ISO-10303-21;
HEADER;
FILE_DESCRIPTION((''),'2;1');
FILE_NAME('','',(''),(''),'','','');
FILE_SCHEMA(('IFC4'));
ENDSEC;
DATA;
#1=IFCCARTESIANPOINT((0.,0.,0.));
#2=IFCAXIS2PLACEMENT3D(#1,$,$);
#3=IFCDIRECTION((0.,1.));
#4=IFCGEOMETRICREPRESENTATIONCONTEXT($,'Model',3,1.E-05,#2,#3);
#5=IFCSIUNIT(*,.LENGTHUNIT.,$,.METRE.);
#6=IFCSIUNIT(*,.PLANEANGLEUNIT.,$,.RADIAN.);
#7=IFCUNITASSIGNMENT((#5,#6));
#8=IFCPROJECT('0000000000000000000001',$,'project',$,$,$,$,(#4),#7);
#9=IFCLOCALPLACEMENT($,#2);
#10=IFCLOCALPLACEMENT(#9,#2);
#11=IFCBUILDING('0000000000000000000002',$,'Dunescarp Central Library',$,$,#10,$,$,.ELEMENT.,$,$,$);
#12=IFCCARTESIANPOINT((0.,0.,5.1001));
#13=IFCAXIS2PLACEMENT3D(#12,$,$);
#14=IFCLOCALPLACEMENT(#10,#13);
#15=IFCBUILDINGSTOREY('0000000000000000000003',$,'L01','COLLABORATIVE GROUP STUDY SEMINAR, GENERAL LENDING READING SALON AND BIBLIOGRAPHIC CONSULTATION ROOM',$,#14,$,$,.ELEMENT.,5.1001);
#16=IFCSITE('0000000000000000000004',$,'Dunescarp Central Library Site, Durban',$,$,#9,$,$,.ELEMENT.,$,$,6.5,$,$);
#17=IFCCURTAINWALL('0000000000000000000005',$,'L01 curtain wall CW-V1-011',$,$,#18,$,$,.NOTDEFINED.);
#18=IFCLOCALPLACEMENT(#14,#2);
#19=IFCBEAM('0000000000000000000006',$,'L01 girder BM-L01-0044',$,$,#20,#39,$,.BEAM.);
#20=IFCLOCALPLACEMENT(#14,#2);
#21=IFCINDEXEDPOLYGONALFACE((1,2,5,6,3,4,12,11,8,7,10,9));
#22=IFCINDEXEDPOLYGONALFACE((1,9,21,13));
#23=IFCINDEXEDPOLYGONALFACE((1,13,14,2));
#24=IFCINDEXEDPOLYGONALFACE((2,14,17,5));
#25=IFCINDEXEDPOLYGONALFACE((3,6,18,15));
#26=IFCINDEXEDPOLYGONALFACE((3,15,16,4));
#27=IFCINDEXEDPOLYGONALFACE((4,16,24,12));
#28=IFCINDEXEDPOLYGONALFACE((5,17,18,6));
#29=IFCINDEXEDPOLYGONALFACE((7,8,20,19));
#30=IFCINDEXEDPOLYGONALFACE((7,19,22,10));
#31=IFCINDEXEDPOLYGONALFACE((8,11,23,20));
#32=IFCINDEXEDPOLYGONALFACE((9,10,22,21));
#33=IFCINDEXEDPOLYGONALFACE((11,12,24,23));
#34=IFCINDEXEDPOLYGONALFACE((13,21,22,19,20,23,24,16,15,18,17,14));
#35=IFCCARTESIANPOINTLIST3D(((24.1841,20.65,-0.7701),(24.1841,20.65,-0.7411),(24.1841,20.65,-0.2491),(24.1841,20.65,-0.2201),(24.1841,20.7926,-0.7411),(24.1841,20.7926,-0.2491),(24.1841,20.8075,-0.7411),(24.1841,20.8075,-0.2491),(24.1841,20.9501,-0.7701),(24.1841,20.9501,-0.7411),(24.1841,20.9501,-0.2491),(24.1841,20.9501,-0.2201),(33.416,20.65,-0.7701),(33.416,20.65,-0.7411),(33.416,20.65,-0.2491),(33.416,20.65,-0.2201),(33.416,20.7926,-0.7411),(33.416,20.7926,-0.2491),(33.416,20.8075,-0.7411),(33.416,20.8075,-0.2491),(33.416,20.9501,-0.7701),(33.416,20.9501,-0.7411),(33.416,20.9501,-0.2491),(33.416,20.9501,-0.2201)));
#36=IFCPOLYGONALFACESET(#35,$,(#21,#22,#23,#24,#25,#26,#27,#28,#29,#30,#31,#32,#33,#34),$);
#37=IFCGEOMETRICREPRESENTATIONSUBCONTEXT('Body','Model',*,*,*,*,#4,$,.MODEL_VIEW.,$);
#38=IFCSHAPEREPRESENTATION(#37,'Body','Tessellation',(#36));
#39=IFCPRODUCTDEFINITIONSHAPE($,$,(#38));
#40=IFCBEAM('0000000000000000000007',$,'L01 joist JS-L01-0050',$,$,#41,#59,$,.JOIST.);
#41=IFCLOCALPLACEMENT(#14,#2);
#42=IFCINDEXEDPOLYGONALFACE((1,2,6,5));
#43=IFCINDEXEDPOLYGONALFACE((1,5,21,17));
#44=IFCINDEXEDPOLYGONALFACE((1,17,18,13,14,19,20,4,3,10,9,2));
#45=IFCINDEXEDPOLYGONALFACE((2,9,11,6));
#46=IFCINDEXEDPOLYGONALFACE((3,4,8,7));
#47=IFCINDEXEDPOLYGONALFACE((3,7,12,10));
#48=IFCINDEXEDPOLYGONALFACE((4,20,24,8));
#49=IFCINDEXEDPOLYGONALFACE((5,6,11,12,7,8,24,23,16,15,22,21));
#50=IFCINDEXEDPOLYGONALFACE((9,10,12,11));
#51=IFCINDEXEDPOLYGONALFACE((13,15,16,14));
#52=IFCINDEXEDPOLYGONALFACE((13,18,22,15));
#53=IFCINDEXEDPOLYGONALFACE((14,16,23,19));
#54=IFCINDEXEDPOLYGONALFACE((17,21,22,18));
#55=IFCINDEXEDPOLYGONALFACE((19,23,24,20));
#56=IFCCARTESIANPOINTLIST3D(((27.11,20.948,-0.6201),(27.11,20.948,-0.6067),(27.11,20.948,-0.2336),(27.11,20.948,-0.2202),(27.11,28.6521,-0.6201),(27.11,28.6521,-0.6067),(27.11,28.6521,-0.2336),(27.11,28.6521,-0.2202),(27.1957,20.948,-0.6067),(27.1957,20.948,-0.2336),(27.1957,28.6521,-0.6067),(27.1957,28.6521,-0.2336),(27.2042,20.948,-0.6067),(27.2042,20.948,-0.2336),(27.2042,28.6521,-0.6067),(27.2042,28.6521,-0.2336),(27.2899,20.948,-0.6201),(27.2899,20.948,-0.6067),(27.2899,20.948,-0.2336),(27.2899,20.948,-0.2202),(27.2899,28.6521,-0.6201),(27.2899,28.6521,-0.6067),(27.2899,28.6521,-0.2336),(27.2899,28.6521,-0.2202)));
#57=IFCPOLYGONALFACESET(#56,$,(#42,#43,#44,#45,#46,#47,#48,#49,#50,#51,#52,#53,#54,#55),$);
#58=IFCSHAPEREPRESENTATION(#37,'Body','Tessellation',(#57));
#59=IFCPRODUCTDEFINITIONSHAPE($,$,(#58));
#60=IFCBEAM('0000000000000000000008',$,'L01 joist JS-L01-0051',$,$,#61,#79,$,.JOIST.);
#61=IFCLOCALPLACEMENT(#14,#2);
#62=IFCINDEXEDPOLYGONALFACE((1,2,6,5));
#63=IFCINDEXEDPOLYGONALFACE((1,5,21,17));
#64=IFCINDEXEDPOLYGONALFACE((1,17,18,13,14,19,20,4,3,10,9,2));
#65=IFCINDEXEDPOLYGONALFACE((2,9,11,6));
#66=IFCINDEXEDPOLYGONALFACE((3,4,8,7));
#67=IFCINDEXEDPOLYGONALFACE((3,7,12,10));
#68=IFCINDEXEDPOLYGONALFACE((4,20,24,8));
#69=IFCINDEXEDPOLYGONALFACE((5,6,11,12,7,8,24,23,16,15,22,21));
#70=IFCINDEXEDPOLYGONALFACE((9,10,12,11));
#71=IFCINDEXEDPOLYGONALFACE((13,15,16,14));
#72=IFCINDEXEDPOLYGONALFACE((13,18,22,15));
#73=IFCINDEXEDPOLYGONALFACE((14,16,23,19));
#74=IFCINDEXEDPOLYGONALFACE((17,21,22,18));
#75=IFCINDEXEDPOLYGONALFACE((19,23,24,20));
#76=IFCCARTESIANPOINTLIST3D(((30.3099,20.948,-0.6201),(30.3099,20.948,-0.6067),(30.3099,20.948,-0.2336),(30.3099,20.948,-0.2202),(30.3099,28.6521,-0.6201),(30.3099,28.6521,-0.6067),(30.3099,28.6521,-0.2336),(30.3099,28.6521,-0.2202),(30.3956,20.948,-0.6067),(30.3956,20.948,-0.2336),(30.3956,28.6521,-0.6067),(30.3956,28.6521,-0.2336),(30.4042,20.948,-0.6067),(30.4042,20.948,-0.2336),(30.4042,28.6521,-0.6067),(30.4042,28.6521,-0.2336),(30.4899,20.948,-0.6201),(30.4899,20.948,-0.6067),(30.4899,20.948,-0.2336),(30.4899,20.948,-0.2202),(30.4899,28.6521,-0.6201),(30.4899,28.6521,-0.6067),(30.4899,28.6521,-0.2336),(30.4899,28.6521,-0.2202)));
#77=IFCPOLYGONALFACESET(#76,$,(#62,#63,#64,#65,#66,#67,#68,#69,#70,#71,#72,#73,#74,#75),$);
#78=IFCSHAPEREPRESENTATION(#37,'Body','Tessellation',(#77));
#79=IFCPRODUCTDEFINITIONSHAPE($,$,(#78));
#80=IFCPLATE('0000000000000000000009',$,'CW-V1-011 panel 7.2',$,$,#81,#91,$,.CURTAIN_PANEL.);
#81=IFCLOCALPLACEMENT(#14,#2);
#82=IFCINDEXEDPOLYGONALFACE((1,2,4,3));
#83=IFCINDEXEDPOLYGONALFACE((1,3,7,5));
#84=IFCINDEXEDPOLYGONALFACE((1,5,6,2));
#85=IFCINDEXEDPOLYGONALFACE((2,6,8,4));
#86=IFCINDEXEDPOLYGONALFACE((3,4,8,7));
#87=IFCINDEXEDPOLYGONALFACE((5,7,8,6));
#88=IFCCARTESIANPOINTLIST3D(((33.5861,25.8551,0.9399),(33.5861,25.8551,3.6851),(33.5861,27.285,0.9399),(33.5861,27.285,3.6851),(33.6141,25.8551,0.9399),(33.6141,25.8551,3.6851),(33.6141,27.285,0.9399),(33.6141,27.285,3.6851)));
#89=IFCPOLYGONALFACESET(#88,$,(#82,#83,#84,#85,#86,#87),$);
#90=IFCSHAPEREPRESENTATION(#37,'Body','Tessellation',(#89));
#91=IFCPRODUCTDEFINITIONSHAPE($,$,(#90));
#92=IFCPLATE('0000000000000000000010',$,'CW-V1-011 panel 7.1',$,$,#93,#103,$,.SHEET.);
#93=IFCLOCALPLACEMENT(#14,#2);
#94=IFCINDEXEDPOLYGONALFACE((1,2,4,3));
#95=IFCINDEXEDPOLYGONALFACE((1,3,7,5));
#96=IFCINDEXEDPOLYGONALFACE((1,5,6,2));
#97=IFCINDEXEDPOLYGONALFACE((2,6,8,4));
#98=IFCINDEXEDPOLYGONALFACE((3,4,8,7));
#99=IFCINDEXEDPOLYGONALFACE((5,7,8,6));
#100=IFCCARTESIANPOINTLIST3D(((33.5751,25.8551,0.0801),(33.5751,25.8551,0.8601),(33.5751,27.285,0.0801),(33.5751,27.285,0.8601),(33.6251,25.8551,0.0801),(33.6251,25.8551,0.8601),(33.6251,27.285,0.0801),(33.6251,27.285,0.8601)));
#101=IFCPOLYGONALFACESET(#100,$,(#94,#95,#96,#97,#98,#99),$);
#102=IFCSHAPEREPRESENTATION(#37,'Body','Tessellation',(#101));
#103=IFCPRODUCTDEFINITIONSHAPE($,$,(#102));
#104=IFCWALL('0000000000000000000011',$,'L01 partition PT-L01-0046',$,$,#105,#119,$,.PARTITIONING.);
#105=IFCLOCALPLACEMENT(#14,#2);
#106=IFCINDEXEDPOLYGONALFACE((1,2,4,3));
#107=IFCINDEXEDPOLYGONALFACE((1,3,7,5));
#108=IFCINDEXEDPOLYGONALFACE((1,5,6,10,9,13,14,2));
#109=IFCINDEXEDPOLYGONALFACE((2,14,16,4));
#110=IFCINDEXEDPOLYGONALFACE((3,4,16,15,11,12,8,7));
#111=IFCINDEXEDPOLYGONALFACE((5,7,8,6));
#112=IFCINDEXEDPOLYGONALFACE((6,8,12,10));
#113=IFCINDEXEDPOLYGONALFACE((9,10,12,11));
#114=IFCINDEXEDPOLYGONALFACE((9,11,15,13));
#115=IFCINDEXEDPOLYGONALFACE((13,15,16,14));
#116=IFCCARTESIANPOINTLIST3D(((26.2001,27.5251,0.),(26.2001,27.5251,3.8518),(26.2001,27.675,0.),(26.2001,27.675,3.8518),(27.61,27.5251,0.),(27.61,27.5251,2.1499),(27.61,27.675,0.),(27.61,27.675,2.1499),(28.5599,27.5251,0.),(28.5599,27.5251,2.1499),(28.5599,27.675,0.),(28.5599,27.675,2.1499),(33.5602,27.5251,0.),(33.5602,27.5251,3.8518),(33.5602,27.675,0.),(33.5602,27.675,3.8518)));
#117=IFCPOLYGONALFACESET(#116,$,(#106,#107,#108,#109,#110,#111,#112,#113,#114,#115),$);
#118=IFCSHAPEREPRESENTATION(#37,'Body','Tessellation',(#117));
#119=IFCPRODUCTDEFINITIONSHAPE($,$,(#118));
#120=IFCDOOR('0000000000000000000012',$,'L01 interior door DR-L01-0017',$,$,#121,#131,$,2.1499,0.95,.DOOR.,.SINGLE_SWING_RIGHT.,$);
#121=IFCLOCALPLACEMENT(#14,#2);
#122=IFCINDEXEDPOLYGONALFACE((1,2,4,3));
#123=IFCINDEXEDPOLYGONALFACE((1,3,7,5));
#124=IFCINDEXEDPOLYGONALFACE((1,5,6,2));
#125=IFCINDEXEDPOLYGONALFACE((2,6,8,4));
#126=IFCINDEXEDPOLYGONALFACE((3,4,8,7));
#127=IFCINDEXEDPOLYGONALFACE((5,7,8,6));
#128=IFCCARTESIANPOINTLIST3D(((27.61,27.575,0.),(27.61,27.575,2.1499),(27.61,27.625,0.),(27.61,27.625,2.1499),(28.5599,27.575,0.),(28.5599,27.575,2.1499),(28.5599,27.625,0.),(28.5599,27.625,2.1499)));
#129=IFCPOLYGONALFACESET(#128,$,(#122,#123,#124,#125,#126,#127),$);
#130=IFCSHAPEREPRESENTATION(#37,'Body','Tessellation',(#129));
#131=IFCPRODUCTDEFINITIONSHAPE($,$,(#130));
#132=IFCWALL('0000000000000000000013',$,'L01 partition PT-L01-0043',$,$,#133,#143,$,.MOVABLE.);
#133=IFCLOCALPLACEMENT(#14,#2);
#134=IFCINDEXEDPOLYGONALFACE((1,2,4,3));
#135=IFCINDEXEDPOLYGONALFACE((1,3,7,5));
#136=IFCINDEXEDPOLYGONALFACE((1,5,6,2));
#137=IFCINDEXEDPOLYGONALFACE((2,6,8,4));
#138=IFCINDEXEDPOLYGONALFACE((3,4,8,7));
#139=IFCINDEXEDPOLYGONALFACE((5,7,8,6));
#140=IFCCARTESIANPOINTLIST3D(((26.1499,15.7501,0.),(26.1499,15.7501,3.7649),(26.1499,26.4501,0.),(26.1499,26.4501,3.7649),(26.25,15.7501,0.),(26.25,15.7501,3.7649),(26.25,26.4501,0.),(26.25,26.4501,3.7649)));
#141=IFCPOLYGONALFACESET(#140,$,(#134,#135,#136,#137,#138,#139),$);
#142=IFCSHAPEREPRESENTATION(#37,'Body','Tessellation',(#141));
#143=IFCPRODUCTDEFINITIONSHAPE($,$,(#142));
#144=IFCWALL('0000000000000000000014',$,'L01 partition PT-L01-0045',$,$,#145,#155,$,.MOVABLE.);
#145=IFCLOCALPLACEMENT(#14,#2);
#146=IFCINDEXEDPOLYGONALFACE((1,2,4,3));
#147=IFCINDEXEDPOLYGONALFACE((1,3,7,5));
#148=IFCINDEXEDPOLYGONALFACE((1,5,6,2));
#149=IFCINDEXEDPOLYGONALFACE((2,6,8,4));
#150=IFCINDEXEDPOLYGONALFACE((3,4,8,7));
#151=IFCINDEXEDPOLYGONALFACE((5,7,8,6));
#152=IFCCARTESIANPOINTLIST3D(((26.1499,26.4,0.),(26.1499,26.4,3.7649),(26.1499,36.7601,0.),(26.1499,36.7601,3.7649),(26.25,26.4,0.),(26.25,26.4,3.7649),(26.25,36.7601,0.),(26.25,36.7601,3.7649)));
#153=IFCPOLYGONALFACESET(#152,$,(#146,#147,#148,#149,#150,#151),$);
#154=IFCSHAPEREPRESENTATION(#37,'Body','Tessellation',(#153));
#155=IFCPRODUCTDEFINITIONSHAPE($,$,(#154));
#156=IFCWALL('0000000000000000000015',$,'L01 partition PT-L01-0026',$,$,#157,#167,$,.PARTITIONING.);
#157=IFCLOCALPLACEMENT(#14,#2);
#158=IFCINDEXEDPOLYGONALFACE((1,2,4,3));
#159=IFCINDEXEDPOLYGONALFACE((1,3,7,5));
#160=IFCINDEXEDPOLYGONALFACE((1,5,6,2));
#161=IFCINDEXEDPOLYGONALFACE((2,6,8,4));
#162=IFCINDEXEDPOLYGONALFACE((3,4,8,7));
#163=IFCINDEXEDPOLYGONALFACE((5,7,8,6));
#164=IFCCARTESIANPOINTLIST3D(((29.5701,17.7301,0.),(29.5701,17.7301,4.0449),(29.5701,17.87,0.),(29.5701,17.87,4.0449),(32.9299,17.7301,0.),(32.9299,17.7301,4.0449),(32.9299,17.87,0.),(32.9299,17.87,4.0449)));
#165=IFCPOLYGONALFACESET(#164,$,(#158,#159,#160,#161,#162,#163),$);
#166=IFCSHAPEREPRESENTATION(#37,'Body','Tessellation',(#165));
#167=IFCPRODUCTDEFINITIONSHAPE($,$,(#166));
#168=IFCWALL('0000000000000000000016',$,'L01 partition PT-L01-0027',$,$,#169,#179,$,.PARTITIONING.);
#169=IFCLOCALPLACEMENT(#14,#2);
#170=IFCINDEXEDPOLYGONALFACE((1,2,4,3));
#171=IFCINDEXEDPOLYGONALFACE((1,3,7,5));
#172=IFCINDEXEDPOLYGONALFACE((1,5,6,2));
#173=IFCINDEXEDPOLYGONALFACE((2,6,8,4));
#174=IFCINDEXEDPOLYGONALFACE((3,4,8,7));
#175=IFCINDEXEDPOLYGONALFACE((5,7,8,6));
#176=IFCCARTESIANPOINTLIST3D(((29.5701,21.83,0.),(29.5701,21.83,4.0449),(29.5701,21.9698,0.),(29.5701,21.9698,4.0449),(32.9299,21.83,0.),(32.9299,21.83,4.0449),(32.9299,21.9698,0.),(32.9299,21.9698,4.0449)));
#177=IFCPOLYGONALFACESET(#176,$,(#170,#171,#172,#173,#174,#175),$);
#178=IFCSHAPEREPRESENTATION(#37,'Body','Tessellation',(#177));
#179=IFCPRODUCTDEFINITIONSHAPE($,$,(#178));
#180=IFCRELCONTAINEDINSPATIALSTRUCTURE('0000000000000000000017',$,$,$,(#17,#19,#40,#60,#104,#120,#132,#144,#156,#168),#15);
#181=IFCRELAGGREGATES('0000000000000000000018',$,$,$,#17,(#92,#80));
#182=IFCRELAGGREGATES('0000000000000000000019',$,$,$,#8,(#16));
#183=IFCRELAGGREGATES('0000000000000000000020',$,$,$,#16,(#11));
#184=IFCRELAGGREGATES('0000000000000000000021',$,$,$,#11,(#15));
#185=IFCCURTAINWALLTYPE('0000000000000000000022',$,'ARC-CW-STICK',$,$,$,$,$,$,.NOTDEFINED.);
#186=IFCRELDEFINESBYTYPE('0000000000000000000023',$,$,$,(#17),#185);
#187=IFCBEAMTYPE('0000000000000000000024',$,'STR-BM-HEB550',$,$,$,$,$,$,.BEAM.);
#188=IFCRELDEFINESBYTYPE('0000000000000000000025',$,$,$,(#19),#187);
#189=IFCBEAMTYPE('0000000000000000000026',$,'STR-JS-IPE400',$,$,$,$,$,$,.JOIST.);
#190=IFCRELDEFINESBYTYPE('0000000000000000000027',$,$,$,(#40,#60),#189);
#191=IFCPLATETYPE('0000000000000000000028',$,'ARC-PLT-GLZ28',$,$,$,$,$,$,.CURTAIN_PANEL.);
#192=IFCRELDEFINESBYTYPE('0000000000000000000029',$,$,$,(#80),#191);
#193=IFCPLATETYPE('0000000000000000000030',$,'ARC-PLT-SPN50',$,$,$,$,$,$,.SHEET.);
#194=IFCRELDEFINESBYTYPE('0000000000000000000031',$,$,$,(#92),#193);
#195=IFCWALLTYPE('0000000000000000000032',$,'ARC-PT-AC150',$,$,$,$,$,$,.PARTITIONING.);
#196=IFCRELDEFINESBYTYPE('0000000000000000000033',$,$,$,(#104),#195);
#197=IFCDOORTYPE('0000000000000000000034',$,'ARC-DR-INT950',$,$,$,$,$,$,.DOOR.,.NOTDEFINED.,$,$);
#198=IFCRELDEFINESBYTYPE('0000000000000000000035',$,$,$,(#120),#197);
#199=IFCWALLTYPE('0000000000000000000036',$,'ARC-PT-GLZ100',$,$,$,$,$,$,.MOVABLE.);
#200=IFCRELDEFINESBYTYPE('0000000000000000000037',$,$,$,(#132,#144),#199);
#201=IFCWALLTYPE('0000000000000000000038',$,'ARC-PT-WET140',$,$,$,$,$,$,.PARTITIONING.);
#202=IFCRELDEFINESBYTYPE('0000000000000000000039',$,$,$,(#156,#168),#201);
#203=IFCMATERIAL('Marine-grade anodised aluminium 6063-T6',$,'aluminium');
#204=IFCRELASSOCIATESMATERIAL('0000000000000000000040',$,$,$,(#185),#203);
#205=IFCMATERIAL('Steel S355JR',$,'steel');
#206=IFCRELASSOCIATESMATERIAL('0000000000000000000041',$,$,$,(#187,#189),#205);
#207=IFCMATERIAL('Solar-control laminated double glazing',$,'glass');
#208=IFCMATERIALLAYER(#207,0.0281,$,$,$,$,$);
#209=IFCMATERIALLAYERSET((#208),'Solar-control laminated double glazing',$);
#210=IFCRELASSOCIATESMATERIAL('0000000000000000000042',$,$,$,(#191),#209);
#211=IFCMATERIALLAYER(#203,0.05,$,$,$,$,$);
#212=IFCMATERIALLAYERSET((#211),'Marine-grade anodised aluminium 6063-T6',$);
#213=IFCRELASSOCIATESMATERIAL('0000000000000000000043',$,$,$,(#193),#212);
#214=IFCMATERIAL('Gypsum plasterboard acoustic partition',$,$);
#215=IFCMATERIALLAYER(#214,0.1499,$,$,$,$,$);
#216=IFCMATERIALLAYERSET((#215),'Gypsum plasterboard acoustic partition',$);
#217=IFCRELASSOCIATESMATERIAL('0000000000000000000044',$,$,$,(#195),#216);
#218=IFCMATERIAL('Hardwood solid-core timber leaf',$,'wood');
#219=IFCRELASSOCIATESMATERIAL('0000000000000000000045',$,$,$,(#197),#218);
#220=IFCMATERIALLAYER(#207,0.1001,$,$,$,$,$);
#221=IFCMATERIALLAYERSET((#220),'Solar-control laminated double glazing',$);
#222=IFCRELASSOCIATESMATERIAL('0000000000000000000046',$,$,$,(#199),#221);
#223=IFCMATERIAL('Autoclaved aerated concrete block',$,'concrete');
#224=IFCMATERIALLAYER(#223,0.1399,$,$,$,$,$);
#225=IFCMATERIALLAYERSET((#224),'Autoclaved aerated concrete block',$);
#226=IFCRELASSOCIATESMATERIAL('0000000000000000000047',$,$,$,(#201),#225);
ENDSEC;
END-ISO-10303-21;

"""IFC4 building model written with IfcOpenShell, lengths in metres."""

from ifc_helpers import new_model, si_unit, direction, frame, frame_2d, origin, origin_2d, place, context, subcontext, project, spatial, rectangle, i_section, extrude, material, layer, layer_set, material_profile, profile_set, type_object, element, fill, aggregate, save


model = new_model("IFC4")

# Units and contexts
model_context = context("Model", 3, precision=1e-05, world=origin(), true_north=direction((0.0, 1.0)))
body_context = subcontext(model_context, "Body", "Model", "MODEL_VIEW")
ifc_project = project(units=[si_unit("LENGTHUNIT", "METRE"), si_unit("PLANEANGLEUNIT", "RADIAN")], contexts=[model_context])

# Site, building, storey
site_placement = place(None, origin())
site = spatial("IfcSite", under=ifc_project, at=site_placement, Name="Dunescarp Central Library Site, Durban", CompositionType="ELEMENT", RefElevation=6.5)
building_placement = place(site_placement, origin())
building = spatial("IfcBuilding", under=site, at=building_placement, Name="Dunescarp Central Library", CompositionType="ELEMENT")
storey_placement = place(building_placement, frame((0.0, 0.0, 5.1001)))
storey = spatial("IfcBuildingStorey", under=building, at=storey_placement, Name="L01", Description="COLLABORATIVE GROUP STUDY SEMINAR, GENERAL LENDING READING SALON AND BIBLIOGRAPHIC CONSULTATION ROOM", CompositionType="ELEMENT", Elevation=5.1001)

# Shared definitions
ifc_material_1 = material(Name="Steel S355JR", Category="steel")

# Curtain wall
ifc_material_2 = material(Name="Marine-grade anodised aluminium 6063-T6", Category="aluminium")
curtain_wall_type = type_object("IfcCurtainWallType", Name="ARC-CW-STICK", PredefinedType="NOTDEFINED", material=ifc_material_2)
curtain_wall_placement = place(storey_placement, origin())
curtain_wall = element("IfcCurtainWall", 1, at=curtain_wall_placement, inside=storey, type_object=curtain_wall_type, Name="L01 curtain wall CW-V1-011", PredefinedType="NOTDEFINED")

# Beams
ifc_material_profile_1 = material_profile(ifc_material_1, i_section(OverallWidth=0.3, OverallDepth=0.55, WebThickness=0.0149, FlangeThickness=0.0291, at=origin_2d()), Name="HEB 550")
ifc_profile_set_1 = profile_set([ifc_material_profile_1], Name="Steel S355JR")
beam_type_1 = type_object("IfcBeamType", Name="STR-BM-HEB550", PredefinedType="BEAM", material=ifc_profile_set_1)
beam_placement = place(storey_placement, frame((24.1841, 20.8, -0.4951), z_axis=(1.0, 0.0, 0.0), x_axis=(0.0, 1.0, 0.0)))
element("IfcBeam", 2, at=beam_placement, inside=storey, type_object=beam_type_1, Name="L01 girder BM-L01-0044", PredefinedType="BEAM", context=body_context, shape_type="SweptSolid", body=[
    extrude(i_section(OverallWidth=0.3, OverallDepth=0.55, WebThickness=0.0149, FlangeThickness=0.0291, at=origin_2d()), origin(), (0.0, 0.0, 1.0), 9.2319),
])
ifc_material_profile_2 = material_profile(ifc_material_1, i_section(OverallWidth=0.1799, OverallDepth=0.3999, WebThickness=0.0085, FlangeThickness=0.0134, at=origin_2d()), Name="IPE 400")
ifc_profile_set_2 = profile_set([ifc_material_profile_2], Name="Steel S355JR")
beam_type_2 = type_object("IfcBeamType", Name="STR-JS-IPE400", PredefinedType="JOIST", material=ifc_profile_set_2)
for number, where, z_axis, x_axis, name in (
    (3, (27.2, 20.948, -0.4202), (0.0, 1.0, 0.0), (-1.0, 0.0, 0.0), "L01 joist JS-L01-0050"),
    (4, (30.3999, 20.948, -0.4202), (0.0, 1.0, 0.0), (-1.0, 0.0, 0.0), "L01 joist JS-L01-0051"),
):
    element("IfcBeam", number, at=place(storey_placement, frame(where, z_axis=z_axis, x_axis=x_axis)), inside=storey, type_object=beam_type_2, Name=name, PredefinedType="JOIST", context=body_context, shape_type="SweptSolid", body=[
        extrude(i_section(OverallWidth=0.1799, OverallDepth=0.3999, WebThickness=0.0085, FlangeThickness=0.0134, at=origin_2d()), origin(), (0.0, 0.0, 1.0), 7.7041),
    ])

# Plates
ifc_material_3 = material(Name="Solar-control laminated double glazing", Category="glass")
ifc_layer_1 = layer(ifc_material_3, 0.0281)
ifc_layer_set_1 = layer_set([ifc_layer_1], Name="Solar-control laminated double glazing")
plate_type_1 = type_object("IfcPlateType", Name="ARC-PLT-GLZ28", PredefinedType="CURTAIN_PANEL", material=ifc_layer_set_1)
plate_1_placement = place(storey_placement, frame((33.6001, 26.5701, 0.9399), z_axis=(0.0, 0.0, 1.0), x_axis=(0.0, -1.0, 0.0)))
plate_1 = element("IfcPlate", 5, at=plate_1_placement, type_object=plate_type_1, Name="CW-V1-011 panel 7.2", PredefinedType="CURTAIN_PANEL", context=body_context, shape_type="SweptSolid", body=[
    extrude(rectangle(XDim=1.4299, YDim=0.0281, at=origin_2d()), origin(), (0.0, 0.0, 1.0), 2.7451),
])
ifc_layer_2 = layer(ifc_material_2, 0.05)
ifc_layer_set_2 = layer_set([ifc_layer_2], Name="Marine-grade anodised aluminium 6063-T6")
plate_type_2 = type_object("IfcPlateType", Name="ARC-PLT-SPN50", PredefinedType="SHEET", material=ifc_layer_set_2)
plate_2_placement = place(storey_placement, frame((33.6001, 26.5701, 0.0801), z_axis=(0.0, 0.0, 1.0), x_axis=(0.0, -1.0, 0.0)))
plate_2 = element("IfcPlate", 6, at=plate_2_placement, type_object=plate_type_2, Name="CW-V1-011 panel 7.1", PredefinedType="SHEET", context=body_context, shape_type="SweptSolid", body=[
    extrude(rectangle(XDim=1.4299, YDim=0.05, at=origin_2d()), origin(), (0.0, 0.0, 1.0), 0.78),
])
aggregate(curtain_wall, [plate_2, plate_1])

# Wall, opening, door
ifc_material_4 = material(Name="Gypsum plasterboard acoustic partition")
ifc_layer_3 = layer(ifc_material_4, 0.1499)
ifc_layer_set_3 = layer_set([ifc_layer_3], Name="Gypsum plasterboard acoustic partition")
wall_type_1 = type_object("IfcWallType", Name="ARC-PT-AC150", PredefinedType="PARTITIONING", material=ifc_layer_set_3)
wall_1_placement = place(storey_placement, frame((26.2, 27.6001, 0.0), z_axis=(0.0, 0.0, 1.0), x_axis=(1.0, 0.0, 0.0)))
wall_1 = element("IfcWall", 7, at=wall_1_placement, inside=storey, type_object=wall_type_1, Name="L01 partition PT-L01-0046", PredefinedType="PARTITIONING", context=body_context, shape_type="SweptSolid", body=[
    extrude(rectangle(XDim=7.3601, YDim=0.1499, at=frame_2d((3.6802, 0.0))), origin(), (0.0, 0.0, 1.0), 3.8518),
])
opening_1_placement = place(wall_1_placement, frame((1.4099, 0.0, 0.0)))
opening_1 = element("IfcOpeningElement", 8, at=opening_1_placement, cuts=wall_1, PredefinedType="OPENING", context=body_context, shape_type="SweptSolid", body=[
    extrude(rectangle(XDim=0.95, YDim=2.1499, at=frame_2d((0.4751, 1.075))), frame((0.0, 0.085, 0.0), z_axis=(0.0, -1.0, 0.0), x_axis=(1.0, 0.0, 0.0)), (0.0, 0.0, 1.0), 0.1699),
])
ifc_material_5 = material(Name="Hardwood solid-core timber leaf", Category="wood")
door_type_1 = type_object("IfcDoorType", Name="ARC-DR-INT950", OperationType="NOTDEFINED", PredefinedType="DOOR", material=ifc_material_5)
door_1_placement = place(opening_1_placement, origin())
door_1 = element("IfcDoor", 9, at=door_1_placement, inside=storey, type_object=door_type_1, Name="L01 interior door DR-L01-0017", OperationType="SINGLE_SWING_RIGHT", OverallHeight=2.1499, OverallWidth=0.95, PredefinedType="DOOR", context=body_context, shape_type="SweptSolid", body=[
    extrude(rectangle(XDim=0.95, YDim=2.1499, at=frame_2d((0.4751, 1.075))), frame((0.0, 0.0249, 0.0), z_axis=(0.0, -1.0, 0.0), x_axis=(1.0, 0.0, 0.0)), (0.0, 0.0, 1.0), 0.05),
])
fill(opening_1, door_1)

# Walls
ifc_layer_4 = layer(ifc_material_3, 0.1001)
ifc_layer_set_4 = layer_set([ifc_layer_4], Name="Solar-control laminated double glazing")
wall_type_2 = type_object("IfcWallType", Name="ARC-PT-GLZ100", PredefinedType="MOVABLE", material=ifc_layer_set_4)
wall_2_placement = place(storey_placement, frame((26.2, 15.75, 0.0), z_axis=(0.0, 0.0, 1.0), x_axis=(0.0, 1.0, 0.0)))
element("IfcWall", 10, at=wall_2_placement, inside=storey, type_object=wall_type_2, Name="L01 partition PT-L01-0043", PredefinedType="MOVABLE", context=body_context, shape_type="SweptSolid", body=[
    extrude(rectangle(XDim=10.7, YDim=0.1001, at=frame_2d((5.3501, 0.0))), origin(), (0.0, 0.0, 1.0), 3.7649),
])
wall_3_placement = place(storey_placement, frame((26.2, 26.3999, 0.0), z_axis=(0.0, 0.0, 1.0), x_axis=(0.0, 1.0, 0.0)))
element("IfcWall", 11, at=wall_3_placement, inside=storey, type_object=wall_type_2, Name="L01 partition PT-L01-0045", PredefinedType="MOVABLE", context=body_context, shape_type="SweptSolid", body=[
    extrude(rectangle(XDim=10.3601, YDim=0.1001, at=frame_2d((5.1802, 0.0))), origin(), (0.0, 0.0, 1.0), 3.7649),
])
ifc_material_6 = material(Name="Autoclaved aerated concrete block", Category="concrete")
ifc_layer_5 = layer(ifc_material_6, 0.1399)
ifc_layer_set_5 = layer_set([ifc_layer_5], Name="Autoclaved aerated concrete block")
wall_type_3 = type_object("IfcWallType", Name="ARC-PT-WET140", PredefinedType="PARTITIONING", material=ifc_layer_set_5)
for number, where, z_axis, x_axis, name in (
    (12, (29.5701, 17.8, 0.0), (0.0, 0.0, 1.0), (1.0, 0.0, 0.0), "L01 partition PT-L01-0026"),
    (13, (29.5701, 21.8999, 0.0), (0.0, 0.0, 1.0), (1.0, 0.0, 0.0), "L01 partition PT-L01-0027"),
):
    element("IfcWall", number, at=place(storey_placement, frame(where, z_axis=z_axis, x_axis=x_axis)), inside=storey, type_object=wall_type_3, Name=name, PredefinedType="PARTITIONING", context=body_context, shape_type="SweptSolid", body=[
        extrude(rectangle(XDim=3.3599, YDim=0.1399, at=frame_2d((1.6799, 0.0))), origin(), (0.0, 0.0, 1.0), 4.0449),
    ])

save(model, "model.ifc")
